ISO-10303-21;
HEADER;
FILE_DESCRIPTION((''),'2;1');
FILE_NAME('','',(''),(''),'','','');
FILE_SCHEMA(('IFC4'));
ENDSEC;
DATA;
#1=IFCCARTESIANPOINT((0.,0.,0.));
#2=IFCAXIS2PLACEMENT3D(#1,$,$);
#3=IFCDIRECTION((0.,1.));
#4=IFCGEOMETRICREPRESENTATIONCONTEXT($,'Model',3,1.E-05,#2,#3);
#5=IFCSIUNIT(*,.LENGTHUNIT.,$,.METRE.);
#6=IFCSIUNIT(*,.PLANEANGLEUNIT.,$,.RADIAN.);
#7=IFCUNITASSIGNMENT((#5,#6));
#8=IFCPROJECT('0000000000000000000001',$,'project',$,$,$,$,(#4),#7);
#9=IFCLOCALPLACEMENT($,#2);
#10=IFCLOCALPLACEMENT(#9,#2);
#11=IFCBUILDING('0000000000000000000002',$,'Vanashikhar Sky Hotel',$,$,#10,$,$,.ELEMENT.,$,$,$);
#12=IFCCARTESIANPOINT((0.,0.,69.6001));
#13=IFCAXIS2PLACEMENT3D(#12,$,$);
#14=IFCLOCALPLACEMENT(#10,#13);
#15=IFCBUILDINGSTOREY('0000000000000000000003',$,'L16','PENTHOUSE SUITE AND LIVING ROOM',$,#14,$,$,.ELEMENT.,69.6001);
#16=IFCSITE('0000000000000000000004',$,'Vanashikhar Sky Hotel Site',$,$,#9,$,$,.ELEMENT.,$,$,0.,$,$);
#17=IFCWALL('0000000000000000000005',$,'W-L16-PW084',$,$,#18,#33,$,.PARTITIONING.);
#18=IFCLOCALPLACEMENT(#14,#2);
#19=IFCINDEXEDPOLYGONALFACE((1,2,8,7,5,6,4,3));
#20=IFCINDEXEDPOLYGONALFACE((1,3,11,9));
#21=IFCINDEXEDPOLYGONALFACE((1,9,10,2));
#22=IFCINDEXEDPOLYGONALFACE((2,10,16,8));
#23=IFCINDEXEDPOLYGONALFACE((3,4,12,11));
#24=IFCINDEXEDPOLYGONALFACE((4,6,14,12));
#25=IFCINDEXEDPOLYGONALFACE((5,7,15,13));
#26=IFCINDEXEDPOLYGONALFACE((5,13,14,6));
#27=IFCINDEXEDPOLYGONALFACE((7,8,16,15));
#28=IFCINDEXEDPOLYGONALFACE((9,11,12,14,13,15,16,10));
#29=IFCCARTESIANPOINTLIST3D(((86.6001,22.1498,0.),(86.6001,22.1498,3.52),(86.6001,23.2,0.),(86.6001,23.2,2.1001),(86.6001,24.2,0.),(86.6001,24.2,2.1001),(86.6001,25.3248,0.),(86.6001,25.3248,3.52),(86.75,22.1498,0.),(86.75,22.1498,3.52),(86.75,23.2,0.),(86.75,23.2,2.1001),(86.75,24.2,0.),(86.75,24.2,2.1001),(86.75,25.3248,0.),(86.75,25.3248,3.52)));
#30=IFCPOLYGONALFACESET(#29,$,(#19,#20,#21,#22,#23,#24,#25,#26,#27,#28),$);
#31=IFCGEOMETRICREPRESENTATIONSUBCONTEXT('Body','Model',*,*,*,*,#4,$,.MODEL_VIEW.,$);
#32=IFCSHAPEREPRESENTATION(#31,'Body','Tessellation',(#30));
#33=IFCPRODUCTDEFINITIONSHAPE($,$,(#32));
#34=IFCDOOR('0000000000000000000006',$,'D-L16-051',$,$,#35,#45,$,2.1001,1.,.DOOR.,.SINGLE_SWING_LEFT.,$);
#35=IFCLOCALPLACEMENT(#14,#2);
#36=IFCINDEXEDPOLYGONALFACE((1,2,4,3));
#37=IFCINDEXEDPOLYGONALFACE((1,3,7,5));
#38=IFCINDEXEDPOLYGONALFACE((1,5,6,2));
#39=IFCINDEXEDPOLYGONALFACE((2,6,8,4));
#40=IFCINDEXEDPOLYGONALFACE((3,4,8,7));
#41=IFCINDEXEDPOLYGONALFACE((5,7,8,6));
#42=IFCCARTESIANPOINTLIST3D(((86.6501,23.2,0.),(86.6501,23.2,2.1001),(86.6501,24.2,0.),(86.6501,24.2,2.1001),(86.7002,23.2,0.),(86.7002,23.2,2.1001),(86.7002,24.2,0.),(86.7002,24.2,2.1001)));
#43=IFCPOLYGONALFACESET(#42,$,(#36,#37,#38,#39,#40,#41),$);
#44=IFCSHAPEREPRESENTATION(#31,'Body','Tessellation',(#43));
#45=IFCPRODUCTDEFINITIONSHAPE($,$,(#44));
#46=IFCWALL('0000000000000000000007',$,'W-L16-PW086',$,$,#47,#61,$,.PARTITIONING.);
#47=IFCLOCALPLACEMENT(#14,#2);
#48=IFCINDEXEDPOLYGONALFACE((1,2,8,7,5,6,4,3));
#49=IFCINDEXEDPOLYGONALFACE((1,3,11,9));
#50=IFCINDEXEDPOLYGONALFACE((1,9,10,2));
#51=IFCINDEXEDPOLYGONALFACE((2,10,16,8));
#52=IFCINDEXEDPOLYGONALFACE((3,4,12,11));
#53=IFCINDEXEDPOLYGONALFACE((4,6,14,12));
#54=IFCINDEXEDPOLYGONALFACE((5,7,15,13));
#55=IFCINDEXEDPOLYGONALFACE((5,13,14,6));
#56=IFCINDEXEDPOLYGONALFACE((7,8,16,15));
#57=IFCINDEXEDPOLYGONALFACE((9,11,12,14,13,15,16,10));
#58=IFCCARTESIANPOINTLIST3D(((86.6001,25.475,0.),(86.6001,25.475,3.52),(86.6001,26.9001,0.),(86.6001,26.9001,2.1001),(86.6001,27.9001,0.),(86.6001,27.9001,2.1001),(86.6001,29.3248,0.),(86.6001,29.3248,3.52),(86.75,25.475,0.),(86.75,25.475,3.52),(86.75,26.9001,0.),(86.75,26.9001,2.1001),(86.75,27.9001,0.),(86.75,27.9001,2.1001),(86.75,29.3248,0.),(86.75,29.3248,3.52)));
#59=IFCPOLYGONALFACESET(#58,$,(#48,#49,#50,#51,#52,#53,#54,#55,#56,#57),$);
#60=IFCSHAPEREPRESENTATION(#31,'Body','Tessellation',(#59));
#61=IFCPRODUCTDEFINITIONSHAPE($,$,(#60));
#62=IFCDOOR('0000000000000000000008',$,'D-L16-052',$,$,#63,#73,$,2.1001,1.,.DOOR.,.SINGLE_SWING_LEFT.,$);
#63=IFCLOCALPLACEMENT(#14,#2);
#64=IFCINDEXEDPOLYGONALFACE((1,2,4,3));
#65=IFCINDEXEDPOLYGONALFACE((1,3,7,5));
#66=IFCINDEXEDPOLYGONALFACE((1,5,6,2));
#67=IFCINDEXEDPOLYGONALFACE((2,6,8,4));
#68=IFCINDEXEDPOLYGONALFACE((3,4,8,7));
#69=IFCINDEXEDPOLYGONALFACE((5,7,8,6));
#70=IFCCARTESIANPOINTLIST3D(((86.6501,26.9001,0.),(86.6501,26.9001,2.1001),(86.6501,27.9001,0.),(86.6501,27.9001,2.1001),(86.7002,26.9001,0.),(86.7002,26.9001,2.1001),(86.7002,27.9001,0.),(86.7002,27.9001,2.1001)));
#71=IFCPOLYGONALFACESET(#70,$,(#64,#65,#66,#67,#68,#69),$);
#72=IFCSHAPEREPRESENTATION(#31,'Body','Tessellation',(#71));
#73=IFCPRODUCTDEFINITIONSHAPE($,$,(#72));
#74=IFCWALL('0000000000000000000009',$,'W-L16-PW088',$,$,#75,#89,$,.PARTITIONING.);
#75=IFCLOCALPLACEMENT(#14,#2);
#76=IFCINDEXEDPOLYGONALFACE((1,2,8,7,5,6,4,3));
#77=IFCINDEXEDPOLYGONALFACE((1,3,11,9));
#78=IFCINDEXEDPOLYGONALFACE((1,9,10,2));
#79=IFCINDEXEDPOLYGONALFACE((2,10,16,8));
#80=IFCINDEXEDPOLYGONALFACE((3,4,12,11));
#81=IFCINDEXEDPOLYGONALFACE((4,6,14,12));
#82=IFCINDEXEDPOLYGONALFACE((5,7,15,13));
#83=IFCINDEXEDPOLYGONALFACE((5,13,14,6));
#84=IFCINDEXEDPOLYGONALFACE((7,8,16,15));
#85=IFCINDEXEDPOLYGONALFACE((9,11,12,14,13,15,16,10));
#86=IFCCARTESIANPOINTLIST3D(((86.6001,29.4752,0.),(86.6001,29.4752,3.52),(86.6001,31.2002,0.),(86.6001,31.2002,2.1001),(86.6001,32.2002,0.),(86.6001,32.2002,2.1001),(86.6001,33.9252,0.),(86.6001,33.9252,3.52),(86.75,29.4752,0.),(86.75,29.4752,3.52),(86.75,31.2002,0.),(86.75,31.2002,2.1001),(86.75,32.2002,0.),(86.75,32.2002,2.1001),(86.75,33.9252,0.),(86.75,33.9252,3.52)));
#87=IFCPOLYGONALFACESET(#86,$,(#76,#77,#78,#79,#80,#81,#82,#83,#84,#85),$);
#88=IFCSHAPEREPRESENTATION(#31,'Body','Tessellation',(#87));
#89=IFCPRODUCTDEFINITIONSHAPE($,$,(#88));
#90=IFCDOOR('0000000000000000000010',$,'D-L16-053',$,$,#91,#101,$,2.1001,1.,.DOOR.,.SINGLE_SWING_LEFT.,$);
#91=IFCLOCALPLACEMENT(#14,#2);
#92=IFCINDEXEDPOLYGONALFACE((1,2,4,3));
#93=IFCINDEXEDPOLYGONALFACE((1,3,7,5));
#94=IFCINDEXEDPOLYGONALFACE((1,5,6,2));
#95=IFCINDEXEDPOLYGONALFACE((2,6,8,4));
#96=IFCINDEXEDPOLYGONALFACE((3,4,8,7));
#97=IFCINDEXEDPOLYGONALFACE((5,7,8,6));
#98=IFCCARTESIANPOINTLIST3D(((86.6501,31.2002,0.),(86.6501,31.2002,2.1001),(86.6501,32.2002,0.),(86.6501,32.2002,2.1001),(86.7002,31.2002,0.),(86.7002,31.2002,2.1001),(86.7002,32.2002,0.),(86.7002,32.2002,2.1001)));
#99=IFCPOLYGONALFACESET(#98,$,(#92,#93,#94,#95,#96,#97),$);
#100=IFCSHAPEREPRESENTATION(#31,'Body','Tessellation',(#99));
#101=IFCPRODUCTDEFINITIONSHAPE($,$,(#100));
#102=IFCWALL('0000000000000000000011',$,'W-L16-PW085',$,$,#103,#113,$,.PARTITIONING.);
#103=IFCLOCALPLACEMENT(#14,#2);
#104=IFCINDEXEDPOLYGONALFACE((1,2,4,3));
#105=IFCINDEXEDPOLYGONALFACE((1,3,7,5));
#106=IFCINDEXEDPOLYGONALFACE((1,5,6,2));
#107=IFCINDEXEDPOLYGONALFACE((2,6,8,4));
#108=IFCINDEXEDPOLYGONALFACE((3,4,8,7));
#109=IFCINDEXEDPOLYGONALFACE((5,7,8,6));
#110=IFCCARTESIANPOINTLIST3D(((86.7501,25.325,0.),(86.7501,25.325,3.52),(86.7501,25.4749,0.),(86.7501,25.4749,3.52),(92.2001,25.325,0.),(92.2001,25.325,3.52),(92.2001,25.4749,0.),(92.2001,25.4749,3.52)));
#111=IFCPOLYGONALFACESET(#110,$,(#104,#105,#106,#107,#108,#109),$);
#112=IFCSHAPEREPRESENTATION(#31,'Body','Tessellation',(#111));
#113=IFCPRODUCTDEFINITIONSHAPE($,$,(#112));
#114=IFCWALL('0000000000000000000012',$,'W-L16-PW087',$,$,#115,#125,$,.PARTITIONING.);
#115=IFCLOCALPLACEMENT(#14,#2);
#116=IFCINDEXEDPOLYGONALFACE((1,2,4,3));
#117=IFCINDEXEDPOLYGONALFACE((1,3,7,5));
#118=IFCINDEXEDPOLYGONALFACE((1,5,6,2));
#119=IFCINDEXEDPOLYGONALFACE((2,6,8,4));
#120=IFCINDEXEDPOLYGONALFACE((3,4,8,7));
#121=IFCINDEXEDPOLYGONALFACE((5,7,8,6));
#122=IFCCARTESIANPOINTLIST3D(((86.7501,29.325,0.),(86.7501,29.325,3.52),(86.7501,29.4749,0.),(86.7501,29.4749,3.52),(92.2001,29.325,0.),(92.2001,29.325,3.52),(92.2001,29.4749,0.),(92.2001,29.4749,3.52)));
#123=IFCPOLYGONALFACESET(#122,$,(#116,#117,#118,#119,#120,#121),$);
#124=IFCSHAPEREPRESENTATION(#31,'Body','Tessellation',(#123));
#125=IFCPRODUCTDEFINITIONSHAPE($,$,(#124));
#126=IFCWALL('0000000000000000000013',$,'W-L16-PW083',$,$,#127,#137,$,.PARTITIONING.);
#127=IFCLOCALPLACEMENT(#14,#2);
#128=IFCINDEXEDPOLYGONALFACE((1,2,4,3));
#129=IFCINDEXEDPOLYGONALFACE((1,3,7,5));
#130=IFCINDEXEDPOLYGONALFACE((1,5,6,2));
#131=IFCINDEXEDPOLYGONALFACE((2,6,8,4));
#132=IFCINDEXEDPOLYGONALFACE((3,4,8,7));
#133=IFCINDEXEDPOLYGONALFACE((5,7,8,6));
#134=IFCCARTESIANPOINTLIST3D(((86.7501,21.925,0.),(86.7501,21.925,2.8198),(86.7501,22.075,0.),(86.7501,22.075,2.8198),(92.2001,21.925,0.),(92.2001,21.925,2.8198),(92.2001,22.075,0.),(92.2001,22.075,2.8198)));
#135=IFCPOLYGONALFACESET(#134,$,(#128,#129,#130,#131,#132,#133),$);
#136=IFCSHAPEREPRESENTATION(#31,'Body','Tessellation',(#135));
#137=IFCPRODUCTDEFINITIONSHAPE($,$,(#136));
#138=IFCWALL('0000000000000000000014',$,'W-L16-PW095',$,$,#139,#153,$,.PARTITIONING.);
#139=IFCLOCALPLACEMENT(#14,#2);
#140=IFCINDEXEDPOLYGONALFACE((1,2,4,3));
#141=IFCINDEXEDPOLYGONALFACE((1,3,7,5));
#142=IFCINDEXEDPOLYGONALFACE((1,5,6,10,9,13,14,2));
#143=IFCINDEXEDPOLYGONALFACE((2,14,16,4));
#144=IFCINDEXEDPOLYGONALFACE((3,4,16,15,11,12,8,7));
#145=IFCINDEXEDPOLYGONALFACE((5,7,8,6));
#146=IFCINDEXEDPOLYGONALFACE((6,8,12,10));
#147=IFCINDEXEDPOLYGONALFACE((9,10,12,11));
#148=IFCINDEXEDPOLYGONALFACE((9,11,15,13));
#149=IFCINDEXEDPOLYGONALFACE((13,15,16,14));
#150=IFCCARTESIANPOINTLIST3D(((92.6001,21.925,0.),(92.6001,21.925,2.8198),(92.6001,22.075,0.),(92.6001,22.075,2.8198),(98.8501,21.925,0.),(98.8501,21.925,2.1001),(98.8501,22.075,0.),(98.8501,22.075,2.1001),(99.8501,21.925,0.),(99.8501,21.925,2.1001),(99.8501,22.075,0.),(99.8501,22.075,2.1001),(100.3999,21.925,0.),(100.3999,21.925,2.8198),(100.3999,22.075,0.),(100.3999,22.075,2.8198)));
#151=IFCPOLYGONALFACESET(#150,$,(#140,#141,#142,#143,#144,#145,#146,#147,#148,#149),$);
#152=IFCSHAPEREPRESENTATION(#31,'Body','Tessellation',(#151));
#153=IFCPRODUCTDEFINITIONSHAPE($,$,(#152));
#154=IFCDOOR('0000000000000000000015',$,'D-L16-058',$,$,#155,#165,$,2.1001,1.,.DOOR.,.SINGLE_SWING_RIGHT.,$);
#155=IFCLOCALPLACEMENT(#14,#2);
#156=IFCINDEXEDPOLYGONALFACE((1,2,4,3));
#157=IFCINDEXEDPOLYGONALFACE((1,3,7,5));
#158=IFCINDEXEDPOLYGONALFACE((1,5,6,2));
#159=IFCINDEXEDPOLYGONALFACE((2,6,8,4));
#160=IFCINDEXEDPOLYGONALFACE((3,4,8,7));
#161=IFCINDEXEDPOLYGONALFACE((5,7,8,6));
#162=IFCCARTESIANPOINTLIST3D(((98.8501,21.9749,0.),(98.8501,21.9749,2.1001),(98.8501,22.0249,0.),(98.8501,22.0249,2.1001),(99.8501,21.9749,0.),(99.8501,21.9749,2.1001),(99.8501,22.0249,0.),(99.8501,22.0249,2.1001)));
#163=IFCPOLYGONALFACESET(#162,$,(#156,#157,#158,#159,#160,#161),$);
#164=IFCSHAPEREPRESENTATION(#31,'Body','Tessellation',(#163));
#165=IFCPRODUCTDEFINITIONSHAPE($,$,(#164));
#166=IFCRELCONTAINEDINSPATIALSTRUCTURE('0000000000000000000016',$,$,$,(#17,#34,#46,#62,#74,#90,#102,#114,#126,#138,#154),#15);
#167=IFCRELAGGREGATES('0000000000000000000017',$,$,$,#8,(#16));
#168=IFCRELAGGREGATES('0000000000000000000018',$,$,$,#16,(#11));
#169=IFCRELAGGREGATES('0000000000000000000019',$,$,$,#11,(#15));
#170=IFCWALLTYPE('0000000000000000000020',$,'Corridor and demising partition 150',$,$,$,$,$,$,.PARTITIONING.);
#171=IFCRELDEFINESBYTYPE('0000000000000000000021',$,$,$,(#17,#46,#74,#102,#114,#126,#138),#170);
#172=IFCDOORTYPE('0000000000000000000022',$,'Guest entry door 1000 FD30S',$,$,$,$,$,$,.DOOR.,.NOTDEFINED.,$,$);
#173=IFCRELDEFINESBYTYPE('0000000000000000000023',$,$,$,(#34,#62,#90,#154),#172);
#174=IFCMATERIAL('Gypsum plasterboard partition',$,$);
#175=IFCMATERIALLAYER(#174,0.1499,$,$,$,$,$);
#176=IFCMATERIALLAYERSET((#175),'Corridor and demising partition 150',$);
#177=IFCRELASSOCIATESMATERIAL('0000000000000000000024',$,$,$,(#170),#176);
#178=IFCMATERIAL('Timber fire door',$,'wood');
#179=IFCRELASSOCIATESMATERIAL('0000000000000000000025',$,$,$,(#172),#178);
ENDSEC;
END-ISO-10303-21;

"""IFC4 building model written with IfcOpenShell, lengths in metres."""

from ifc_helpers import new_model, si_unit, direction, frame, frame_2d, origin, place, context, subcontext, project, spatial, rectangle, extrude, source, transform, mapped, material, layer, layer_set, type_object, element, fill, save


model = new_model("IFC4")

# Units and contexts
model_context = context("Model", 3, precision=1e-05, world=origin(), true_north=direction((0.0, 1.0)))
body_context = subcontext(model_context, "Body", "Model", "MODEL_VIEW")
ifc_project = project(units=[si_unit("LENGTHUNIT", "METRE"), si_unit("PLANEANGLEUNIT", "RADIAN")], contexts=[model_context])

# Site, building, storey
site_placement = place(None, origin())
site = spatial("IfcSite", under=ifc_project, at=site_placement, Name="Vanashikhar Sky Hotel Site", CompositionType="ELEMENT", RefElevation=0.0)
building_placement = place(site_placement, origin())
building = spatial("IfcBuilding", under=site, at=building_placement, Name="Vanashikhar Sky Hotel", CompositionType="ELEMENT")
storey_placement = place(building_placement, frame((0.0, 0.0, 69.6001)))
storey = spatial("IfcBuildingStorey", under=building, at=storey_placement, Name="L16", Description="PENTHOUSE SUITE AND LIVING ROOM", CompositionType="ELEMENT", Elevation=69.6001)

# Walls, openings, doors
ifc_material_1 = material(Name="Gypsum plasterboard partition")
ifc_layer_1 = layer(ifc_material_1, 0.1499)
ifc_layer_set_1 = layer_set([ifc_layer_1], Name="Corridor and demising partition 150")
wall_type_1 = type_object("IfcWallType", Name="Corridor and demising partition 150", PredefinedType="PARTITIONING", material=ifc_layer_set_1)
shared_shape_1 = source(origin(), body_context, "Body", "SweptSolid", [
    extrude(rectangle(XDim=3.175, YDim=0.1499, at=frame_2d((1.5874, 0.0))), origin(), (0.0, 0.0, 1.0), 3.52),
])
wall_1_placement = place(storey_placement, frame((86.675, 22.1499, 0.0), z_axis=(0.0, 0.0, 1.0), x_axis=(0.0, 1.0, 0.0)))
wall_1 = element("IfcWall", 1, at=wall_1_placement, inside=storey, type_object=wall_type_1, Name="W-L16-PW084", PredefinedType="PARTITIONING", context=body_context, shape_type="MappedRepresentation", body=[
    mapped(shared_shape_1, transform((0.0, 0.0, 0.0), scale=1.0)),
])
shared_shape_2 = source(origin(), body_context, "Body", "SweptSolid", [
    extrude(rectangle(XDim=1.0, YDim=2.1001, at=frame_2d((0.5, 1.05))), frame((0.0, 0.085, 0.0), z_axis=(0.0, -1.0, 0.0), x_axis=(1.0, 0.0, 0.0)), (0.0, 0.0, 1.0), 0.1699),
])
opening_1_placement = place(wall_1_placement, frame((1.05, 0.0, 0.0)))
opening_1 = element("IfcOpeningElement", 2, at=opening_1_placement, cuts=wall_1, PredefinedType="OPENING", context=body_context, shape_type="MappedRepresentation", body=[
    mapped(shared_shape_2, transform((0.0, 0.0, 0.0), scale=1.0)),
])
ifc_material_2 = material(Name="Timber fire door", Category="wood")
door_type_1 = type_object("IfcDoorType", Name="Guest entry door 1000 FD30S", OperationType="NOTDEFINED", PredefinedType="DOOR", material=ifc_material_2)
shared_shape_3 = source(origin(), body_context, "Body", "SweptSolid", [
    extrude(rectangle(XDim=1.0, YDim=2.1001, at=frame_2d((0.5, 1.05))), frame((0.0, 0.0249, 0.0), z_axis=(0.0, -1.0, 0.0), x_axis=(1.0, 0.0, 0.0)), (0.0, 0.0, 1.0), 0.05),
])
door_1_placement = place(opening_1_placement, origin())
door_1 = element("IfcDoor", 3, at=door_1_placement, inside=storey, type_object=door_type_1, Name="D-L16-051", OperationType="SINGLE_SWING_LEFT", OverallHeight=2.1001, OverallWidth=1.0, PredefinedType="DOOR", context=body_context, shape_type="MappedRepresentation", body=[
    mapped(shared_shape_3, transform((0.0, 0.0, 0.0), scale=1.0)),
])
fill(opening_1, door_1)
shared_shape_4 = source(origin(), body_context, "Body", "SweptSolid", [
    extrude(rectangle(XDim=3.8499, YDim=0.1499, at=frame_2d((1.9248, 0.0))), origin(), (0.0, 0.0, 1.0), 3.52),
])
wall_2_placement = place(storey_placement, frame((86.675, 25.4751, 0.0), z_axis=(0.0, 0.0, 1.0), x_axis=(0.0, 1.0, 0.0)))
wall_2 = element("IfcWall", 4, at=wall_2_placement, inside=storey, type_object=wall_type_1, Name="W-L16-PW086", PredefinedType="PARTITIONING", context=body_context, shape_type="MappedRepresentation", body=[
    mapped(shared_shape_4, transform((0.0, 0.0, 0.0), scale=1.0)),
])
opening_2_placement = place(wall_2_placement, frame((1.425, 0.0, 0.0)))
opening_2 = element("IfcOpeningElement", 5, at=opening_2_placement, cuts=wall_2, PredefinedType="OPENING", context=body_context, shape_type="MappedRepresentation", body=[
    mapped(shared_shape_2, transform((0.0, 0.0, 0.0), scale=1.0)),
])
door_2_placement = place(opening_2_placement, origin())
door_2 = element("IfcDoor", 6, at=door_2_placement, inside=storey, type_object=door_type_1, Name="D-L16-052", OperationType="SINGLE_SWING_LEFT", OverallHeight=2.1001, OverallWidth=1.0, PredefinedType="DOOR", context=body_context, shape_type="MappedRepresentation", body=[
    mapped(shared_shape_3, transform((0.0, 0.0, 0.0), scale=1.0)),
])
fill(opening_2, door_2)
shared_shape_5 = source(origin(), body_context, "Body", "SweptSolid", [
    extrude(rectangle(XDim=4.45, YDim=0.1499, at=frame_2d((2.2251, 0.0))), origin(), (0.0, 0.0, 1.0), 3.52),
])
wall_3_placement = place(storey_placement, frame((86.675, 29.4751, 0.0), z_axis=(0.0, 0.0, 1.0), x_axis=(0.0, 1.0, 0.0)))
wall_3 = element("IfcWall", 7, at=wall_3_placement, inside=storey, type_object=wall_type_1, Name="W-L16-PW088", PredefinedType="PARTITIONING", context=body_context, shape_type="MappedRepresentation", body=[
    mapped(shared_shape_5, transform((0.0, 0.0, 0.0), scale=1.0)),
])
opening_3_placement = place(wall_3_placement, frame((1.7251, 0.0, 0.0)))
opening_3 = element("IfcOpeningElement", 8, at=opening_3_placement, cuts=wall_3, PredefinedType="OPENING", context=body_context, shape_type="MappedRepresentation", body=[
    mapped(shared_shape_2, transform((0.0, 0.0, 0.0), scale=1.0)),
])
door_3_placement = place(opening_3_placement, origin())
door_3 = element("IfcDoor", 9, at=door_3_placement, inside=storey, type_object=door_type_1, Name="D-L16-053", OperationType="SINGLE_SWING_LEFT", OverallHeight=2.1001, OverallWidth=1.0, PredefinedType="DOOR", context=body_context, shape_type="MappedRepresentation", body=[
    mapped(shared_shape_3, transform((0.0, 0.0, 0.0), scale=1.0)),
])
fill(opening_3, door_3)

# Walls
shared_shape_6 = source(origin(), body_context, "Body", "SweptSolid", [
    extrude(rectangle(XDim=5.45, YDim=0.1499, at=frame_2d((2.7251, 0.0))), origin(), (0.0, 0.0, 1.0), 3.52),
])
for number, where, z_axis, x_axis, name in (
    (10, (86.75, 25.3999, 0.0), (0.0, 0.0, 1.0), (1.0, 0.0, 0.0), "W-L16-PW085"),
    (11, (86.75, 29.3999, 0.0), (0.0, 0.0, 1.0), (1.0, 0.0, 0.0), "W-L16-PW087"),
):
    element("IfcWall", number, at=place(storey_placement, frame(where, z_axis=z_axis, x_axis=x_axis)), inside=storey, type_object=wall_type_1, Name=name, PredefinedType="PARTITIONING", context=body_context, shape_type="MappedRepresentation", body=[
        mapped(shared_shape_6, transform((0.0, 0.0, 0.0), scale=1.0)),
    ])
shared_shape_7 = source(origin(), body_context, "Body", "SweptSolid", [
    extrude(rectangle(XDim=5.45, YDim=0.1499, at=frame_2d((2.7251, 0.0))), origin(), (0.0, 0.0, 1.0), 2.8198),
])
wall_4_placement = place(storey_placement, frame((86.75, 22.0, 0.0), z_axis=(0.0, 0.0, 1.0), x_axis=(1.0, 0.0, 0.0)))
element("IfcWall", 12, at=wall_4_placement, inside=storey, type_object=wall_type_1, Name="W-L16-PW083", PredefinedType="PARTITIONING", context=body_context, shape_type="MappedRepresentation", body=[
    mapped(shared_shape_7, transform((0.0, 0.0, 0.0), scale=1.0)),
])

# Wall, opening, door
shared_shape_8 = source(origin(), body_context, "Body", "SweptSolid", [
    extrude(rectangle(XDim=7.7998, YDim=0.1499, at=frame_2d((3.8999, 0.0))), origin(), (0.0, 0.0, 1.0), 2.8198),
])
wall_5_placement = place(storey_placement, frame((92.6001, 22.0, 0.0), z_axis=(0.0, 0.0, 1.0), x_axis=(1.0, 0.0, 0.0)))
wall_5 = element("IfcWall", 13, at=wall_5_placement, inside=storey, type_object=wall_type_1, Name="W-L16-PW095", PredefinedType="PARTITIONING", context=body_context, shape_type="MappedRepresentation", body=[
    mapped(shared_shape_8, transform((0.0, 0.0, 0.0), scale=1.0)),
])
opening_4_placement = place(wall_5_placement, frame((6.25, 0.0, 0.0)))
opening_4 = element("IfcOpeningElement", 14, at=opening_4_placement, cuts=wall_5, PredefinedType="OPENING", context=body_context, shape_type="MappedRepresentation", body=[
    mapped(shared_shape_2, transform((0.0, 0.0, 0.0), scale=1.0)),
])
door_4_placement = place(opening_4_placement, origin())
door_4 = element("IfcDoor", 15, at=door_4_placement, inside=storey, type_object=door_type_1, Name="D-L16-058", OperationType="SINGLE_SWING_RIGHT", OverallHeight=2.1001, OverallWidth=1.0, PredefinedType="DOOR", context=body_context, shape_type="MappedRepresentation", body=[
    mapped(shared_shape_3, transform((0.0, 0.0, 0.0), scale=1.0)),
])
fill(opening_4, door_4)

save(model, "model.ifc")
